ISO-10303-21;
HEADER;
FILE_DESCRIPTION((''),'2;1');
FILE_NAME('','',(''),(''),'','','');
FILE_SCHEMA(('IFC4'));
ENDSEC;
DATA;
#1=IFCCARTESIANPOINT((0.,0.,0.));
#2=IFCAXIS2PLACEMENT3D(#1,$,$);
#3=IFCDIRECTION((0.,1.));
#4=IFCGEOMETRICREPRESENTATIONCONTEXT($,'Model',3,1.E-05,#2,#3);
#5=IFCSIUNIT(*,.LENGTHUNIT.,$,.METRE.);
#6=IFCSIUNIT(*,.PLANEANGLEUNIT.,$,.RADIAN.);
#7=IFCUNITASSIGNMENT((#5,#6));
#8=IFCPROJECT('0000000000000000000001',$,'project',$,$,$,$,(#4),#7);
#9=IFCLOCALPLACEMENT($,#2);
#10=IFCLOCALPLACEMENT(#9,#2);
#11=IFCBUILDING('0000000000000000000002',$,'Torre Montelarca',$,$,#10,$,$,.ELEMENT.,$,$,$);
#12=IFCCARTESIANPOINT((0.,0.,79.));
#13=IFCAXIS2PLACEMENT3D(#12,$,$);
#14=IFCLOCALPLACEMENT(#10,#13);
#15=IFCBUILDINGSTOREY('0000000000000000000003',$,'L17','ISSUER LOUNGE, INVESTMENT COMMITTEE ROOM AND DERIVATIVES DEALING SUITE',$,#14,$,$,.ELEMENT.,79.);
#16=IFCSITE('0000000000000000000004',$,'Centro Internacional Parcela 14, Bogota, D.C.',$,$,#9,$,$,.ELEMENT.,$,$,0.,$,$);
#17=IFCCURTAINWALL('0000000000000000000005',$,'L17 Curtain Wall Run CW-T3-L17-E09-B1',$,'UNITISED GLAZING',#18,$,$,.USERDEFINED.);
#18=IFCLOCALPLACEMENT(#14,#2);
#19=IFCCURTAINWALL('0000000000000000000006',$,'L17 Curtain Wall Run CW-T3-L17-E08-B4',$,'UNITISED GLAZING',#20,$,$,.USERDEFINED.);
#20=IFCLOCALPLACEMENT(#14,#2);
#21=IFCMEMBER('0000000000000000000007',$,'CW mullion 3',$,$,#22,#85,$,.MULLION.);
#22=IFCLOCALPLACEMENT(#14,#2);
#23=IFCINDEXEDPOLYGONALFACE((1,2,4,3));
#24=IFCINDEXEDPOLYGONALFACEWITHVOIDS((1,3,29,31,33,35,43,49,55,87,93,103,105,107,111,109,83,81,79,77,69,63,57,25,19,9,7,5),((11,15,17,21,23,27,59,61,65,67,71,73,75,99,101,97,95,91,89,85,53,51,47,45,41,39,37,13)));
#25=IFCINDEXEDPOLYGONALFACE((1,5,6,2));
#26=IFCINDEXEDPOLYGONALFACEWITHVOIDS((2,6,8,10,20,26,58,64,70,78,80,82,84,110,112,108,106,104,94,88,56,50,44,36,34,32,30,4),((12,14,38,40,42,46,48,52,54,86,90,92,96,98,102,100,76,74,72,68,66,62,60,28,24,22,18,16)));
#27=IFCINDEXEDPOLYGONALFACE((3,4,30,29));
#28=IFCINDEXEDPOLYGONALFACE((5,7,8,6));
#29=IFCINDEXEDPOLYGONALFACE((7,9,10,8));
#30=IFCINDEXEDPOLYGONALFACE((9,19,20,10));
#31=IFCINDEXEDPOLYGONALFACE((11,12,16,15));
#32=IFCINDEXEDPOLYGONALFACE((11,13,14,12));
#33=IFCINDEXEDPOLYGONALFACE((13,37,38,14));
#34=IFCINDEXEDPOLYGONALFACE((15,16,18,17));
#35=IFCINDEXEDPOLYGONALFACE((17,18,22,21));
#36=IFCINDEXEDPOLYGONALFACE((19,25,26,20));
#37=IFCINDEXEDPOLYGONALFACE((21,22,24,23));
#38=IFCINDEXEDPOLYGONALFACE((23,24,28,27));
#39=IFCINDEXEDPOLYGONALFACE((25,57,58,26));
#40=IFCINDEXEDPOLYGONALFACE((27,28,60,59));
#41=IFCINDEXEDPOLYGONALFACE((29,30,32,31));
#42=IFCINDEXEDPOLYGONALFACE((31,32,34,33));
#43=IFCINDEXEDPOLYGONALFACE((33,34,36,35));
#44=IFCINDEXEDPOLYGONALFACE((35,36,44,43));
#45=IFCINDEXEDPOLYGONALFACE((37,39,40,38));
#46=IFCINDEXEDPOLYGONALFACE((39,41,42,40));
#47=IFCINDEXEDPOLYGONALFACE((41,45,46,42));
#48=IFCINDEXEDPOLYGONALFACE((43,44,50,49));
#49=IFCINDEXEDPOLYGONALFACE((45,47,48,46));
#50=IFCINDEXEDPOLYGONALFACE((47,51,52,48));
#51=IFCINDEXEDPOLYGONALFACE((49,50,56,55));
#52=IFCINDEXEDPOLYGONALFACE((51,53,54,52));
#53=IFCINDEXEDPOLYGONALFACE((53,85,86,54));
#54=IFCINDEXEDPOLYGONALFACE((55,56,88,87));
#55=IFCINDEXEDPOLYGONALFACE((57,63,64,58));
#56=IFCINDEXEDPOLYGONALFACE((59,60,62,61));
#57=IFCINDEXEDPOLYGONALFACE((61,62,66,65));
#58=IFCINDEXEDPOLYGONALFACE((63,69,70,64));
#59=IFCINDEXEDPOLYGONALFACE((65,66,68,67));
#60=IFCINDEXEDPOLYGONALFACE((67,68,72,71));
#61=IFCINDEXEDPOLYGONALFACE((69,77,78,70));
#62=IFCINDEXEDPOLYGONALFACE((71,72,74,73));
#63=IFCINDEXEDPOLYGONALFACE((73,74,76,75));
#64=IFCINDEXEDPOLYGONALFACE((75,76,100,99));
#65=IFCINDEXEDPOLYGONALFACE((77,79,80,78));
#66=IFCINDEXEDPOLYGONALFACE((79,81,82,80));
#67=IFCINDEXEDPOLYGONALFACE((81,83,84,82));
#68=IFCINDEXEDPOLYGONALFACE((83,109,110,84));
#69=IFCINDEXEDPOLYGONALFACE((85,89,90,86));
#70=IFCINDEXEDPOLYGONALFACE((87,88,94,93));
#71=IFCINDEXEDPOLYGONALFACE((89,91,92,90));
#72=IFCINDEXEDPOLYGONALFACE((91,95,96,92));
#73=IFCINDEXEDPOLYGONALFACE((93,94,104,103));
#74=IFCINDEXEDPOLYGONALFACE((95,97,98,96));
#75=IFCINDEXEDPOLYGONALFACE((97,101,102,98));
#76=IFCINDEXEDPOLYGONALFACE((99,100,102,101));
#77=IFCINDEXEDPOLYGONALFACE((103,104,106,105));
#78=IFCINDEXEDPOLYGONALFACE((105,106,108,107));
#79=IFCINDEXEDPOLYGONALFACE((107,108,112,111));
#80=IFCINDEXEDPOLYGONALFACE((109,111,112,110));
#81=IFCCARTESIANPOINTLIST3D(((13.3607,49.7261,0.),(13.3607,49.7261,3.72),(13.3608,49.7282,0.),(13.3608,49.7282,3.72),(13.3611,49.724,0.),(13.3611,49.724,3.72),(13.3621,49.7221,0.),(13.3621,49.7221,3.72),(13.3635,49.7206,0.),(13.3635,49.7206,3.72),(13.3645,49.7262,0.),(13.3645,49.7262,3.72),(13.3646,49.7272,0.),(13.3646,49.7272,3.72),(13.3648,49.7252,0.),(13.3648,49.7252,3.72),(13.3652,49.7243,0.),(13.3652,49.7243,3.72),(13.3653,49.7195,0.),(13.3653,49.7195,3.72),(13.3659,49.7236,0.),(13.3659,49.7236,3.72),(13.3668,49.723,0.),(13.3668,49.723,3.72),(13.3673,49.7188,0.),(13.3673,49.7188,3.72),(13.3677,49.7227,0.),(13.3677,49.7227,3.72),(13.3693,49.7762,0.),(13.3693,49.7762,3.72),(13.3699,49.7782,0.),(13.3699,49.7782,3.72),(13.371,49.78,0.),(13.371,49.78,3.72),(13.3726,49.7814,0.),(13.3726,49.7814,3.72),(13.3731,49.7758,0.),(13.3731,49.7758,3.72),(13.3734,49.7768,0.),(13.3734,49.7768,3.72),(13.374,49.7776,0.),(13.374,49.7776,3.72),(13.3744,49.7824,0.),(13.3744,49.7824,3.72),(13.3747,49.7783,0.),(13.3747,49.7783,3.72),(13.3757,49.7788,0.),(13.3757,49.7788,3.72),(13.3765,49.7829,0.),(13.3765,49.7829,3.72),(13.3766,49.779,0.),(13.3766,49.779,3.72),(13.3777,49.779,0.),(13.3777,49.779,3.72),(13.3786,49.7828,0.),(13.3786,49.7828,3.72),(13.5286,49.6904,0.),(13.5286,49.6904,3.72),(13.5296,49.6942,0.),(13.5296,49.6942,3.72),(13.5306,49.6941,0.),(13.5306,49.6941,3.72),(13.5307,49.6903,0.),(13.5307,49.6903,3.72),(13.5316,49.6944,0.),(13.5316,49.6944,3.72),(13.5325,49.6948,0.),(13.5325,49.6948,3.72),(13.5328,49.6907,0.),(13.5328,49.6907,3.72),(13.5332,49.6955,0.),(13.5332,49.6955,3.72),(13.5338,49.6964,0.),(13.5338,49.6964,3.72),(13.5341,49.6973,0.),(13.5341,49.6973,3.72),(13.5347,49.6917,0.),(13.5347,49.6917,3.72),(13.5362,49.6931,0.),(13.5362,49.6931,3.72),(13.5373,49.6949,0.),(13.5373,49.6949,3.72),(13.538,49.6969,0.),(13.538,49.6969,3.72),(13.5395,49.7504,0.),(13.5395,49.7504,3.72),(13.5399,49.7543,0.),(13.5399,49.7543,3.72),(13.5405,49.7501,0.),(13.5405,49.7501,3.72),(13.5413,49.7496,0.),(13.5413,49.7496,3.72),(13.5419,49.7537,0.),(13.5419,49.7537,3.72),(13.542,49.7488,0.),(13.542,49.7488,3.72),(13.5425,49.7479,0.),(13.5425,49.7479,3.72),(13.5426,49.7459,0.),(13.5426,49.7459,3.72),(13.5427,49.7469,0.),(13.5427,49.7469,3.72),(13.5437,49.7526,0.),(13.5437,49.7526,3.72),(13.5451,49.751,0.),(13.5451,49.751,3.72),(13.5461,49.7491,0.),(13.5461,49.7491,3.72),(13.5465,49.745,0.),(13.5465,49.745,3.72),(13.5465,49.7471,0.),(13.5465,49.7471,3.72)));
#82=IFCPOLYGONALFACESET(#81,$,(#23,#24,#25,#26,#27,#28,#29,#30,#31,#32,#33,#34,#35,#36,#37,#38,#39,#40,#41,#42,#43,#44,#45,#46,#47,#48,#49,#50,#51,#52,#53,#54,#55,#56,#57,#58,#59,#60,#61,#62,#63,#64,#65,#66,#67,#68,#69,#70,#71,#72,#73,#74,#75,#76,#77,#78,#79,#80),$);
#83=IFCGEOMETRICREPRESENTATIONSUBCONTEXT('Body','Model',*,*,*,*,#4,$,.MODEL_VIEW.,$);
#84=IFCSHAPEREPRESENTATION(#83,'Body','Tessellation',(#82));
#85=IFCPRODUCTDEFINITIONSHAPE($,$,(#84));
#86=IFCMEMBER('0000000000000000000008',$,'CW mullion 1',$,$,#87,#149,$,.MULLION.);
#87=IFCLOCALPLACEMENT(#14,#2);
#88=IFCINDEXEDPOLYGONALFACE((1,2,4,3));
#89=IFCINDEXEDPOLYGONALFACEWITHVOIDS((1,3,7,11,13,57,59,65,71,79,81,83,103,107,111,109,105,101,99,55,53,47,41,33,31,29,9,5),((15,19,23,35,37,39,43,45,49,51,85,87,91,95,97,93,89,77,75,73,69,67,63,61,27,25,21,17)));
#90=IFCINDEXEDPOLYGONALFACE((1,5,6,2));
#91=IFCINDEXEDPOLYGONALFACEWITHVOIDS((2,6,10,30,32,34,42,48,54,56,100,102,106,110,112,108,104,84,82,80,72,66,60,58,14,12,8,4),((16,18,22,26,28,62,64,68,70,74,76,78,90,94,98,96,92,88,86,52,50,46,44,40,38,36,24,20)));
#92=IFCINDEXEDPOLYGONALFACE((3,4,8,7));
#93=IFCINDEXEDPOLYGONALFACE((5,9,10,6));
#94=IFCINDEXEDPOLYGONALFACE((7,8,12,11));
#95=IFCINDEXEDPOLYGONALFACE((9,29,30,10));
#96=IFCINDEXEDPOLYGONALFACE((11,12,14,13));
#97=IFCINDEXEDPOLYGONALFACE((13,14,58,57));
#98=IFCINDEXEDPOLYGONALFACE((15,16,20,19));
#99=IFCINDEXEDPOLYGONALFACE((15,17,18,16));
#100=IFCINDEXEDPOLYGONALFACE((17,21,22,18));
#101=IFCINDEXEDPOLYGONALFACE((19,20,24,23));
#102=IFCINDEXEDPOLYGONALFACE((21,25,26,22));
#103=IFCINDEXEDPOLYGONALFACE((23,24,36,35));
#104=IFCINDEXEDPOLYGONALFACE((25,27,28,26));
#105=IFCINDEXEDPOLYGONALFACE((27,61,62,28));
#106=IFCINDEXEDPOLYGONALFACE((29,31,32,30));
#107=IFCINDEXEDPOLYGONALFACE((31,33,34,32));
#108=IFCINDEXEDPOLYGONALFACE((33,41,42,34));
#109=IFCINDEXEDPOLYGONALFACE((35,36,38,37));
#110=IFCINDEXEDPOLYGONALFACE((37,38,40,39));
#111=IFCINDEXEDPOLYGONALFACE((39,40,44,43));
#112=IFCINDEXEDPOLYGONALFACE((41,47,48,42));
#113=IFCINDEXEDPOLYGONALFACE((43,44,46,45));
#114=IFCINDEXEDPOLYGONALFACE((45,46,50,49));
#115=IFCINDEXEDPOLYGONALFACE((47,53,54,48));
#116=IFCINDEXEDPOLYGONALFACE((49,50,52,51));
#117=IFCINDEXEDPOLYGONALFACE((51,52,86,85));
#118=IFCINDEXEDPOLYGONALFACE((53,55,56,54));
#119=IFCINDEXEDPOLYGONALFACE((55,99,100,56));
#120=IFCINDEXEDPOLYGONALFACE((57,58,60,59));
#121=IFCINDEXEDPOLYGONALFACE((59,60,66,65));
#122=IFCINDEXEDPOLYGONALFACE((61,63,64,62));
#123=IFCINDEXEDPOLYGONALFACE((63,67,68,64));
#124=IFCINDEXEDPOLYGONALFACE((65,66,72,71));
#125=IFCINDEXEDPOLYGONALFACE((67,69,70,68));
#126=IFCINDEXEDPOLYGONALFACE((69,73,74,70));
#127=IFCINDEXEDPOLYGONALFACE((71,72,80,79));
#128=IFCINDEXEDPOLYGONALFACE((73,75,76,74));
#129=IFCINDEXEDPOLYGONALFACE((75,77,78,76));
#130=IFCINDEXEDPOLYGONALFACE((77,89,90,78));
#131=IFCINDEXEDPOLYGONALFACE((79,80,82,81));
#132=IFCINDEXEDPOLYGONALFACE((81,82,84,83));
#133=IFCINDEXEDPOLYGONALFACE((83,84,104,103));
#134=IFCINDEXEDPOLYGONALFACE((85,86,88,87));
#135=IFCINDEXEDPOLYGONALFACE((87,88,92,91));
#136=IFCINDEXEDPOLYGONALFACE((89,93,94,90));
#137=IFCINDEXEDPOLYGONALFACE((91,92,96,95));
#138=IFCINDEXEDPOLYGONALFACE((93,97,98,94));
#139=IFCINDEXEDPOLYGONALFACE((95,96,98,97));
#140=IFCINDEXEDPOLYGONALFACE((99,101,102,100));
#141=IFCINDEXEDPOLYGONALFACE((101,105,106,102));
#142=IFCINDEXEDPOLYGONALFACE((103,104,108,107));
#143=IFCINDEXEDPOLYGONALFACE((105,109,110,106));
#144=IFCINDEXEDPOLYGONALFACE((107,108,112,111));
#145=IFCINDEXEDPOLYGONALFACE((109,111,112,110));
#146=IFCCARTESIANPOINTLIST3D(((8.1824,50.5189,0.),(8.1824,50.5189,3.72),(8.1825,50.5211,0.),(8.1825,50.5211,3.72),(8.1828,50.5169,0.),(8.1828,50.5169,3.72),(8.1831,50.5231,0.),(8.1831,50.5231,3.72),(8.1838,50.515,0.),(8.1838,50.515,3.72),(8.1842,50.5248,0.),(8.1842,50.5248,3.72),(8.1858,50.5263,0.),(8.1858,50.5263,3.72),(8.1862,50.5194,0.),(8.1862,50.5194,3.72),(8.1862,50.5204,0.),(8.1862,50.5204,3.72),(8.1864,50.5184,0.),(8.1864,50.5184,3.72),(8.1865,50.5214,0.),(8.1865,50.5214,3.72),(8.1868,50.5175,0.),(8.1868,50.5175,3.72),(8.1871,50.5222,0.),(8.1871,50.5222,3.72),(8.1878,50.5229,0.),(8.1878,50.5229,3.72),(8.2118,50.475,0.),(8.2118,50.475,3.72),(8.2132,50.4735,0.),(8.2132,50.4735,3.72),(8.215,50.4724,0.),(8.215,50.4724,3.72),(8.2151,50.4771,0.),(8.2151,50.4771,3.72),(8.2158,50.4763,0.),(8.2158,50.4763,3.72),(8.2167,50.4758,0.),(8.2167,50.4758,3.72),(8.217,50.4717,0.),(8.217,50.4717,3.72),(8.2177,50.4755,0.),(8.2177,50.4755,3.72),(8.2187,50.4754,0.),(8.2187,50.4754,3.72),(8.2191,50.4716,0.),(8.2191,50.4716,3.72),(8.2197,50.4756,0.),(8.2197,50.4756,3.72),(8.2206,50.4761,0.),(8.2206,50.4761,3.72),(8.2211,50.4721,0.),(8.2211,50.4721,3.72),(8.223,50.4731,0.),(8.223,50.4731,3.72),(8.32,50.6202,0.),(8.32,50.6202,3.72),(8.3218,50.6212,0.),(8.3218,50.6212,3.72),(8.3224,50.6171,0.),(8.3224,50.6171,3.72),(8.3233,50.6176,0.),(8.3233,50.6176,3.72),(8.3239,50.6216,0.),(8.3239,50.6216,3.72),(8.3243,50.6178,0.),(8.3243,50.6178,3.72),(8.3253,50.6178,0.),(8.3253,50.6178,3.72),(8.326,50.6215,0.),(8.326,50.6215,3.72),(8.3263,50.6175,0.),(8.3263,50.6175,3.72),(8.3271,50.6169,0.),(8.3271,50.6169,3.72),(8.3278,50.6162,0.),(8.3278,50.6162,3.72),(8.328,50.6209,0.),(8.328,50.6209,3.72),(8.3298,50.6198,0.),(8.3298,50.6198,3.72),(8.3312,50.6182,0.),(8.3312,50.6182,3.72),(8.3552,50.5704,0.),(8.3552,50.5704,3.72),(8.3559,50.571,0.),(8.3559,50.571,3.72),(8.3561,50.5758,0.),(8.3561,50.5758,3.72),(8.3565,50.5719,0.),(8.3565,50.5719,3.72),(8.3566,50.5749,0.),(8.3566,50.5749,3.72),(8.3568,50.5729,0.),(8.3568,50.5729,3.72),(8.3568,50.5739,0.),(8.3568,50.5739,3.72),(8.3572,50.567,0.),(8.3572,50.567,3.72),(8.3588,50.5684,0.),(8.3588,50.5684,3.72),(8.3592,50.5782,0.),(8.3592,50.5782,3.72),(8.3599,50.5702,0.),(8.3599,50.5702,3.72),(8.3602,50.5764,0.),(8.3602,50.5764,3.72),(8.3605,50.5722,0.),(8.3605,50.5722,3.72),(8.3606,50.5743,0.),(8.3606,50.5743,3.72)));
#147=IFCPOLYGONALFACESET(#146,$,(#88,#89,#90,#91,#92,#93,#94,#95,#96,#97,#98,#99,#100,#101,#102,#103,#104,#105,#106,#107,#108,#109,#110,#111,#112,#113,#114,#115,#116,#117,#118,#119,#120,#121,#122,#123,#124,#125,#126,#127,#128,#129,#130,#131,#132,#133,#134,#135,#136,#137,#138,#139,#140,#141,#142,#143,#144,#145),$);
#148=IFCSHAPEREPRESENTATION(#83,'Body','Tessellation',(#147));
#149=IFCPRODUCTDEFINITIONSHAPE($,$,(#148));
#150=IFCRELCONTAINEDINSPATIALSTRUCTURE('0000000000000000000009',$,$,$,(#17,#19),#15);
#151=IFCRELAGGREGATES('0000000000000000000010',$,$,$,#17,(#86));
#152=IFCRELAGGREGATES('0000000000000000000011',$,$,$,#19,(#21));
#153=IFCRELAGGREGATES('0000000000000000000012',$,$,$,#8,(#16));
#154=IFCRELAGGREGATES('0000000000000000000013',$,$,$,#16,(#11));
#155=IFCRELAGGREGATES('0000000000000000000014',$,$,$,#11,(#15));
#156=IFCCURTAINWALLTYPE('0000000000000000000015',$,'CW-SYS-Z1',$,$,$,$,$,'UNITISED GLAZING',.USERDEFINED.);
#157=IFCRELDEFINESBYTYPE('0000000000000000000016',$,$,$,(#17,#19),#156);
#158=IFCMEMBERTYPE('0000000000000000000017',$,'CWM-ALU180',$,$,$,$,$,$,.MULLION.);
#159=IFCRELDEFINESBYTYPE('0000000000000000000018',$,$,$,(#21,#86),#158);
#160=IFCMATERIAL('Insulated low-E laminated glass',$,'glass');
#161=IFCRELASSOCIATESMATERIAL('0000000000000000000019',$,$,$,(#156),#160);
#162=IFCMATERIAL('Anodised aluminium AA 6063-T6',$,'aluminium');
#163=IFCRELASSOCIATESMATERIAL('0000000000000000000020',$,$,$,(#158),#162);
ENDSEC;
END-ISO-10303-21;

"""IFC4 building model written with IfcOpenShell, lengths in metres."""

from ifc_helpers import new_model, si_unit, direction, frame, origin, origin_2d, place, context, subcontext, project, spatial, hollow_rectangle, extrude, source, transform, mapped, material, material_profile, profile_set, type_object, element, aggregate, save


model = new_model("IFC4")

# Units and contexts
model_context = context("Model", 3, precision=1e-05, world=origin(), true_north=direction((0.0, 1.0)))
body_context = subcontext(model_context, "Body", "Model", "MODEL_VIEW")
ifc_project = project(units=[si_unit("LENGTHUNIT", "METRE"), si_unit("PLANEANGLEUNIT", "RADIAN")], contexts=[model_context])

# Site, building, storey
site_placement = place(None, origin())
site = spatial("IfcSite", under=ifc_project, at=site_placement, Name="Centro Internacional Parcela 14, Bogota, D.C.", CompositionType="ELEMENT", RefElevation=0.0)
building_placement = place(site_placement, origin())
building = spatial("IfcBuilding", under=site, at=building_placement, Name="Torre Montelarca", CompositionType="ELEMENT")
storey_placement = place(building_placement, frame((0.0, 0.0, 79.0)))
storey = spatial("IfcBuildingStorey", under=building, at=storey_placement, Name="L17", Description="ISSUER LOUNGE, INVESTMENT COMMITTEE ROOM AND DERIVATIVES DEALING SUITE", CompositionType="ELEMENT", Elevation=79.0)

# Curtain walls
ifc_material_1 = material(Name="Insulated low-E laminated glass", Category="glass")
curtain_wall_type = type_object("IfcCurtainWallType", Name="CW-SYS-Z1", ElementType="UNITISED GLAZING", PredefinedType="USERDEFINED", material=ifc_material_1)
curtain_wall_1_placement = place(storey_placement, origin())
curtain_wall_1 = element("IfcCurtainWall", 1, at=curtain_wall_1_placement, inside=storey, type_object=curtain_wall_type, Name="L17 Curtain Wall Run CW-T3-L17-E09-B1", ObjectType="UNITISED GLAZING", PredefinedType="USERDEFINED")
ifc_material_2 = material(Name="Anodised aluminium AA 6063-T6", Category="aluminium")
curtain_wall_2_placement = place(storey_placement, origin())
curtain_wall_2 = element("IfcCurtainWall", 2, at=curtain_wall_2_placement, inside=storey, type_object=curtain_wall_type, Name="L17 Curtain Wall Run CW-T3-L17-E08-B4", ObjectType="UNITISED GLAZING", PredefinedType="USERDEFINED")

# Shared definitions
ifc_material_profile_1 = material_profile(ifc_material_2, hollow_rectangle(XDim=0.0649, YDim=0.1799, WallThickness=0.0039, InnerFilletRadius=0.0039, OuterFilletRadius=0.0081, at=origin_2d()), Name="ALU65X180X4", Category="aluminium")
ifc_profile_set_1 = profile_set([ifc_material_profile_1], Name="Anodised aluminium AA 6063-T6")
member_type_1 = type_object("IfcMemberType", Name="CWM-ALU180", PredefinedType="MULLION", material=ifc_profile_set_1)
shared_shape_1 = source(origin(), body_context, "Body", "SweptSolid", [
    extrude(hollow_rectangle(XDim=0.0649, YDim=0.1799, WallThickness=0.0039, InnerFilletRadius=0.0039, OuterFilletRadius=0.0081, at=origin_2d()), origin(), (0.0, 0.0, 1.0), 3.72),
])

# Members
member_1_placement = place(storey_placement, frame((13.4536, 49.7366, 0.0), z_axis=(0.0, 0.0, 1.0), x_axis=(-0.173654, -0.984807, 0.0)))
member_1 = element("IfcMember", 3, at=member_1_placement, type_object=member_type_1, Name="CW mullion 3", PredefinedType="MULLION", context=body_context, shape_type="MappedRepresentation", body=[
    mapped(shared_shape_1, transform((0.0, 0.0, 0.0), scale=1.0)),
])
member_2_placement = place(storey_placement, frame((8.2715, 50.5466, 0.0), z_axis=(0.0, 0.0, 1.0), x_axis=(0.573554, -0.819168, 0.0)))
member_2 = element("IfcMember", 4, at=member_2_placement, type_object=member_type_1, Name="CW mullion 1", PredefinedType="MULLION", context=body_context, shape_type="MappedRepresentation", body=[
    mapped(shared_shape_1, transform((0.0, 0.0, 0.0), scale=1.0)),
])

aggregate(curtain_wall_1, [member_2])
aggregate(curtain_wall_2, [member_1])

save(model, "model.ifc")
